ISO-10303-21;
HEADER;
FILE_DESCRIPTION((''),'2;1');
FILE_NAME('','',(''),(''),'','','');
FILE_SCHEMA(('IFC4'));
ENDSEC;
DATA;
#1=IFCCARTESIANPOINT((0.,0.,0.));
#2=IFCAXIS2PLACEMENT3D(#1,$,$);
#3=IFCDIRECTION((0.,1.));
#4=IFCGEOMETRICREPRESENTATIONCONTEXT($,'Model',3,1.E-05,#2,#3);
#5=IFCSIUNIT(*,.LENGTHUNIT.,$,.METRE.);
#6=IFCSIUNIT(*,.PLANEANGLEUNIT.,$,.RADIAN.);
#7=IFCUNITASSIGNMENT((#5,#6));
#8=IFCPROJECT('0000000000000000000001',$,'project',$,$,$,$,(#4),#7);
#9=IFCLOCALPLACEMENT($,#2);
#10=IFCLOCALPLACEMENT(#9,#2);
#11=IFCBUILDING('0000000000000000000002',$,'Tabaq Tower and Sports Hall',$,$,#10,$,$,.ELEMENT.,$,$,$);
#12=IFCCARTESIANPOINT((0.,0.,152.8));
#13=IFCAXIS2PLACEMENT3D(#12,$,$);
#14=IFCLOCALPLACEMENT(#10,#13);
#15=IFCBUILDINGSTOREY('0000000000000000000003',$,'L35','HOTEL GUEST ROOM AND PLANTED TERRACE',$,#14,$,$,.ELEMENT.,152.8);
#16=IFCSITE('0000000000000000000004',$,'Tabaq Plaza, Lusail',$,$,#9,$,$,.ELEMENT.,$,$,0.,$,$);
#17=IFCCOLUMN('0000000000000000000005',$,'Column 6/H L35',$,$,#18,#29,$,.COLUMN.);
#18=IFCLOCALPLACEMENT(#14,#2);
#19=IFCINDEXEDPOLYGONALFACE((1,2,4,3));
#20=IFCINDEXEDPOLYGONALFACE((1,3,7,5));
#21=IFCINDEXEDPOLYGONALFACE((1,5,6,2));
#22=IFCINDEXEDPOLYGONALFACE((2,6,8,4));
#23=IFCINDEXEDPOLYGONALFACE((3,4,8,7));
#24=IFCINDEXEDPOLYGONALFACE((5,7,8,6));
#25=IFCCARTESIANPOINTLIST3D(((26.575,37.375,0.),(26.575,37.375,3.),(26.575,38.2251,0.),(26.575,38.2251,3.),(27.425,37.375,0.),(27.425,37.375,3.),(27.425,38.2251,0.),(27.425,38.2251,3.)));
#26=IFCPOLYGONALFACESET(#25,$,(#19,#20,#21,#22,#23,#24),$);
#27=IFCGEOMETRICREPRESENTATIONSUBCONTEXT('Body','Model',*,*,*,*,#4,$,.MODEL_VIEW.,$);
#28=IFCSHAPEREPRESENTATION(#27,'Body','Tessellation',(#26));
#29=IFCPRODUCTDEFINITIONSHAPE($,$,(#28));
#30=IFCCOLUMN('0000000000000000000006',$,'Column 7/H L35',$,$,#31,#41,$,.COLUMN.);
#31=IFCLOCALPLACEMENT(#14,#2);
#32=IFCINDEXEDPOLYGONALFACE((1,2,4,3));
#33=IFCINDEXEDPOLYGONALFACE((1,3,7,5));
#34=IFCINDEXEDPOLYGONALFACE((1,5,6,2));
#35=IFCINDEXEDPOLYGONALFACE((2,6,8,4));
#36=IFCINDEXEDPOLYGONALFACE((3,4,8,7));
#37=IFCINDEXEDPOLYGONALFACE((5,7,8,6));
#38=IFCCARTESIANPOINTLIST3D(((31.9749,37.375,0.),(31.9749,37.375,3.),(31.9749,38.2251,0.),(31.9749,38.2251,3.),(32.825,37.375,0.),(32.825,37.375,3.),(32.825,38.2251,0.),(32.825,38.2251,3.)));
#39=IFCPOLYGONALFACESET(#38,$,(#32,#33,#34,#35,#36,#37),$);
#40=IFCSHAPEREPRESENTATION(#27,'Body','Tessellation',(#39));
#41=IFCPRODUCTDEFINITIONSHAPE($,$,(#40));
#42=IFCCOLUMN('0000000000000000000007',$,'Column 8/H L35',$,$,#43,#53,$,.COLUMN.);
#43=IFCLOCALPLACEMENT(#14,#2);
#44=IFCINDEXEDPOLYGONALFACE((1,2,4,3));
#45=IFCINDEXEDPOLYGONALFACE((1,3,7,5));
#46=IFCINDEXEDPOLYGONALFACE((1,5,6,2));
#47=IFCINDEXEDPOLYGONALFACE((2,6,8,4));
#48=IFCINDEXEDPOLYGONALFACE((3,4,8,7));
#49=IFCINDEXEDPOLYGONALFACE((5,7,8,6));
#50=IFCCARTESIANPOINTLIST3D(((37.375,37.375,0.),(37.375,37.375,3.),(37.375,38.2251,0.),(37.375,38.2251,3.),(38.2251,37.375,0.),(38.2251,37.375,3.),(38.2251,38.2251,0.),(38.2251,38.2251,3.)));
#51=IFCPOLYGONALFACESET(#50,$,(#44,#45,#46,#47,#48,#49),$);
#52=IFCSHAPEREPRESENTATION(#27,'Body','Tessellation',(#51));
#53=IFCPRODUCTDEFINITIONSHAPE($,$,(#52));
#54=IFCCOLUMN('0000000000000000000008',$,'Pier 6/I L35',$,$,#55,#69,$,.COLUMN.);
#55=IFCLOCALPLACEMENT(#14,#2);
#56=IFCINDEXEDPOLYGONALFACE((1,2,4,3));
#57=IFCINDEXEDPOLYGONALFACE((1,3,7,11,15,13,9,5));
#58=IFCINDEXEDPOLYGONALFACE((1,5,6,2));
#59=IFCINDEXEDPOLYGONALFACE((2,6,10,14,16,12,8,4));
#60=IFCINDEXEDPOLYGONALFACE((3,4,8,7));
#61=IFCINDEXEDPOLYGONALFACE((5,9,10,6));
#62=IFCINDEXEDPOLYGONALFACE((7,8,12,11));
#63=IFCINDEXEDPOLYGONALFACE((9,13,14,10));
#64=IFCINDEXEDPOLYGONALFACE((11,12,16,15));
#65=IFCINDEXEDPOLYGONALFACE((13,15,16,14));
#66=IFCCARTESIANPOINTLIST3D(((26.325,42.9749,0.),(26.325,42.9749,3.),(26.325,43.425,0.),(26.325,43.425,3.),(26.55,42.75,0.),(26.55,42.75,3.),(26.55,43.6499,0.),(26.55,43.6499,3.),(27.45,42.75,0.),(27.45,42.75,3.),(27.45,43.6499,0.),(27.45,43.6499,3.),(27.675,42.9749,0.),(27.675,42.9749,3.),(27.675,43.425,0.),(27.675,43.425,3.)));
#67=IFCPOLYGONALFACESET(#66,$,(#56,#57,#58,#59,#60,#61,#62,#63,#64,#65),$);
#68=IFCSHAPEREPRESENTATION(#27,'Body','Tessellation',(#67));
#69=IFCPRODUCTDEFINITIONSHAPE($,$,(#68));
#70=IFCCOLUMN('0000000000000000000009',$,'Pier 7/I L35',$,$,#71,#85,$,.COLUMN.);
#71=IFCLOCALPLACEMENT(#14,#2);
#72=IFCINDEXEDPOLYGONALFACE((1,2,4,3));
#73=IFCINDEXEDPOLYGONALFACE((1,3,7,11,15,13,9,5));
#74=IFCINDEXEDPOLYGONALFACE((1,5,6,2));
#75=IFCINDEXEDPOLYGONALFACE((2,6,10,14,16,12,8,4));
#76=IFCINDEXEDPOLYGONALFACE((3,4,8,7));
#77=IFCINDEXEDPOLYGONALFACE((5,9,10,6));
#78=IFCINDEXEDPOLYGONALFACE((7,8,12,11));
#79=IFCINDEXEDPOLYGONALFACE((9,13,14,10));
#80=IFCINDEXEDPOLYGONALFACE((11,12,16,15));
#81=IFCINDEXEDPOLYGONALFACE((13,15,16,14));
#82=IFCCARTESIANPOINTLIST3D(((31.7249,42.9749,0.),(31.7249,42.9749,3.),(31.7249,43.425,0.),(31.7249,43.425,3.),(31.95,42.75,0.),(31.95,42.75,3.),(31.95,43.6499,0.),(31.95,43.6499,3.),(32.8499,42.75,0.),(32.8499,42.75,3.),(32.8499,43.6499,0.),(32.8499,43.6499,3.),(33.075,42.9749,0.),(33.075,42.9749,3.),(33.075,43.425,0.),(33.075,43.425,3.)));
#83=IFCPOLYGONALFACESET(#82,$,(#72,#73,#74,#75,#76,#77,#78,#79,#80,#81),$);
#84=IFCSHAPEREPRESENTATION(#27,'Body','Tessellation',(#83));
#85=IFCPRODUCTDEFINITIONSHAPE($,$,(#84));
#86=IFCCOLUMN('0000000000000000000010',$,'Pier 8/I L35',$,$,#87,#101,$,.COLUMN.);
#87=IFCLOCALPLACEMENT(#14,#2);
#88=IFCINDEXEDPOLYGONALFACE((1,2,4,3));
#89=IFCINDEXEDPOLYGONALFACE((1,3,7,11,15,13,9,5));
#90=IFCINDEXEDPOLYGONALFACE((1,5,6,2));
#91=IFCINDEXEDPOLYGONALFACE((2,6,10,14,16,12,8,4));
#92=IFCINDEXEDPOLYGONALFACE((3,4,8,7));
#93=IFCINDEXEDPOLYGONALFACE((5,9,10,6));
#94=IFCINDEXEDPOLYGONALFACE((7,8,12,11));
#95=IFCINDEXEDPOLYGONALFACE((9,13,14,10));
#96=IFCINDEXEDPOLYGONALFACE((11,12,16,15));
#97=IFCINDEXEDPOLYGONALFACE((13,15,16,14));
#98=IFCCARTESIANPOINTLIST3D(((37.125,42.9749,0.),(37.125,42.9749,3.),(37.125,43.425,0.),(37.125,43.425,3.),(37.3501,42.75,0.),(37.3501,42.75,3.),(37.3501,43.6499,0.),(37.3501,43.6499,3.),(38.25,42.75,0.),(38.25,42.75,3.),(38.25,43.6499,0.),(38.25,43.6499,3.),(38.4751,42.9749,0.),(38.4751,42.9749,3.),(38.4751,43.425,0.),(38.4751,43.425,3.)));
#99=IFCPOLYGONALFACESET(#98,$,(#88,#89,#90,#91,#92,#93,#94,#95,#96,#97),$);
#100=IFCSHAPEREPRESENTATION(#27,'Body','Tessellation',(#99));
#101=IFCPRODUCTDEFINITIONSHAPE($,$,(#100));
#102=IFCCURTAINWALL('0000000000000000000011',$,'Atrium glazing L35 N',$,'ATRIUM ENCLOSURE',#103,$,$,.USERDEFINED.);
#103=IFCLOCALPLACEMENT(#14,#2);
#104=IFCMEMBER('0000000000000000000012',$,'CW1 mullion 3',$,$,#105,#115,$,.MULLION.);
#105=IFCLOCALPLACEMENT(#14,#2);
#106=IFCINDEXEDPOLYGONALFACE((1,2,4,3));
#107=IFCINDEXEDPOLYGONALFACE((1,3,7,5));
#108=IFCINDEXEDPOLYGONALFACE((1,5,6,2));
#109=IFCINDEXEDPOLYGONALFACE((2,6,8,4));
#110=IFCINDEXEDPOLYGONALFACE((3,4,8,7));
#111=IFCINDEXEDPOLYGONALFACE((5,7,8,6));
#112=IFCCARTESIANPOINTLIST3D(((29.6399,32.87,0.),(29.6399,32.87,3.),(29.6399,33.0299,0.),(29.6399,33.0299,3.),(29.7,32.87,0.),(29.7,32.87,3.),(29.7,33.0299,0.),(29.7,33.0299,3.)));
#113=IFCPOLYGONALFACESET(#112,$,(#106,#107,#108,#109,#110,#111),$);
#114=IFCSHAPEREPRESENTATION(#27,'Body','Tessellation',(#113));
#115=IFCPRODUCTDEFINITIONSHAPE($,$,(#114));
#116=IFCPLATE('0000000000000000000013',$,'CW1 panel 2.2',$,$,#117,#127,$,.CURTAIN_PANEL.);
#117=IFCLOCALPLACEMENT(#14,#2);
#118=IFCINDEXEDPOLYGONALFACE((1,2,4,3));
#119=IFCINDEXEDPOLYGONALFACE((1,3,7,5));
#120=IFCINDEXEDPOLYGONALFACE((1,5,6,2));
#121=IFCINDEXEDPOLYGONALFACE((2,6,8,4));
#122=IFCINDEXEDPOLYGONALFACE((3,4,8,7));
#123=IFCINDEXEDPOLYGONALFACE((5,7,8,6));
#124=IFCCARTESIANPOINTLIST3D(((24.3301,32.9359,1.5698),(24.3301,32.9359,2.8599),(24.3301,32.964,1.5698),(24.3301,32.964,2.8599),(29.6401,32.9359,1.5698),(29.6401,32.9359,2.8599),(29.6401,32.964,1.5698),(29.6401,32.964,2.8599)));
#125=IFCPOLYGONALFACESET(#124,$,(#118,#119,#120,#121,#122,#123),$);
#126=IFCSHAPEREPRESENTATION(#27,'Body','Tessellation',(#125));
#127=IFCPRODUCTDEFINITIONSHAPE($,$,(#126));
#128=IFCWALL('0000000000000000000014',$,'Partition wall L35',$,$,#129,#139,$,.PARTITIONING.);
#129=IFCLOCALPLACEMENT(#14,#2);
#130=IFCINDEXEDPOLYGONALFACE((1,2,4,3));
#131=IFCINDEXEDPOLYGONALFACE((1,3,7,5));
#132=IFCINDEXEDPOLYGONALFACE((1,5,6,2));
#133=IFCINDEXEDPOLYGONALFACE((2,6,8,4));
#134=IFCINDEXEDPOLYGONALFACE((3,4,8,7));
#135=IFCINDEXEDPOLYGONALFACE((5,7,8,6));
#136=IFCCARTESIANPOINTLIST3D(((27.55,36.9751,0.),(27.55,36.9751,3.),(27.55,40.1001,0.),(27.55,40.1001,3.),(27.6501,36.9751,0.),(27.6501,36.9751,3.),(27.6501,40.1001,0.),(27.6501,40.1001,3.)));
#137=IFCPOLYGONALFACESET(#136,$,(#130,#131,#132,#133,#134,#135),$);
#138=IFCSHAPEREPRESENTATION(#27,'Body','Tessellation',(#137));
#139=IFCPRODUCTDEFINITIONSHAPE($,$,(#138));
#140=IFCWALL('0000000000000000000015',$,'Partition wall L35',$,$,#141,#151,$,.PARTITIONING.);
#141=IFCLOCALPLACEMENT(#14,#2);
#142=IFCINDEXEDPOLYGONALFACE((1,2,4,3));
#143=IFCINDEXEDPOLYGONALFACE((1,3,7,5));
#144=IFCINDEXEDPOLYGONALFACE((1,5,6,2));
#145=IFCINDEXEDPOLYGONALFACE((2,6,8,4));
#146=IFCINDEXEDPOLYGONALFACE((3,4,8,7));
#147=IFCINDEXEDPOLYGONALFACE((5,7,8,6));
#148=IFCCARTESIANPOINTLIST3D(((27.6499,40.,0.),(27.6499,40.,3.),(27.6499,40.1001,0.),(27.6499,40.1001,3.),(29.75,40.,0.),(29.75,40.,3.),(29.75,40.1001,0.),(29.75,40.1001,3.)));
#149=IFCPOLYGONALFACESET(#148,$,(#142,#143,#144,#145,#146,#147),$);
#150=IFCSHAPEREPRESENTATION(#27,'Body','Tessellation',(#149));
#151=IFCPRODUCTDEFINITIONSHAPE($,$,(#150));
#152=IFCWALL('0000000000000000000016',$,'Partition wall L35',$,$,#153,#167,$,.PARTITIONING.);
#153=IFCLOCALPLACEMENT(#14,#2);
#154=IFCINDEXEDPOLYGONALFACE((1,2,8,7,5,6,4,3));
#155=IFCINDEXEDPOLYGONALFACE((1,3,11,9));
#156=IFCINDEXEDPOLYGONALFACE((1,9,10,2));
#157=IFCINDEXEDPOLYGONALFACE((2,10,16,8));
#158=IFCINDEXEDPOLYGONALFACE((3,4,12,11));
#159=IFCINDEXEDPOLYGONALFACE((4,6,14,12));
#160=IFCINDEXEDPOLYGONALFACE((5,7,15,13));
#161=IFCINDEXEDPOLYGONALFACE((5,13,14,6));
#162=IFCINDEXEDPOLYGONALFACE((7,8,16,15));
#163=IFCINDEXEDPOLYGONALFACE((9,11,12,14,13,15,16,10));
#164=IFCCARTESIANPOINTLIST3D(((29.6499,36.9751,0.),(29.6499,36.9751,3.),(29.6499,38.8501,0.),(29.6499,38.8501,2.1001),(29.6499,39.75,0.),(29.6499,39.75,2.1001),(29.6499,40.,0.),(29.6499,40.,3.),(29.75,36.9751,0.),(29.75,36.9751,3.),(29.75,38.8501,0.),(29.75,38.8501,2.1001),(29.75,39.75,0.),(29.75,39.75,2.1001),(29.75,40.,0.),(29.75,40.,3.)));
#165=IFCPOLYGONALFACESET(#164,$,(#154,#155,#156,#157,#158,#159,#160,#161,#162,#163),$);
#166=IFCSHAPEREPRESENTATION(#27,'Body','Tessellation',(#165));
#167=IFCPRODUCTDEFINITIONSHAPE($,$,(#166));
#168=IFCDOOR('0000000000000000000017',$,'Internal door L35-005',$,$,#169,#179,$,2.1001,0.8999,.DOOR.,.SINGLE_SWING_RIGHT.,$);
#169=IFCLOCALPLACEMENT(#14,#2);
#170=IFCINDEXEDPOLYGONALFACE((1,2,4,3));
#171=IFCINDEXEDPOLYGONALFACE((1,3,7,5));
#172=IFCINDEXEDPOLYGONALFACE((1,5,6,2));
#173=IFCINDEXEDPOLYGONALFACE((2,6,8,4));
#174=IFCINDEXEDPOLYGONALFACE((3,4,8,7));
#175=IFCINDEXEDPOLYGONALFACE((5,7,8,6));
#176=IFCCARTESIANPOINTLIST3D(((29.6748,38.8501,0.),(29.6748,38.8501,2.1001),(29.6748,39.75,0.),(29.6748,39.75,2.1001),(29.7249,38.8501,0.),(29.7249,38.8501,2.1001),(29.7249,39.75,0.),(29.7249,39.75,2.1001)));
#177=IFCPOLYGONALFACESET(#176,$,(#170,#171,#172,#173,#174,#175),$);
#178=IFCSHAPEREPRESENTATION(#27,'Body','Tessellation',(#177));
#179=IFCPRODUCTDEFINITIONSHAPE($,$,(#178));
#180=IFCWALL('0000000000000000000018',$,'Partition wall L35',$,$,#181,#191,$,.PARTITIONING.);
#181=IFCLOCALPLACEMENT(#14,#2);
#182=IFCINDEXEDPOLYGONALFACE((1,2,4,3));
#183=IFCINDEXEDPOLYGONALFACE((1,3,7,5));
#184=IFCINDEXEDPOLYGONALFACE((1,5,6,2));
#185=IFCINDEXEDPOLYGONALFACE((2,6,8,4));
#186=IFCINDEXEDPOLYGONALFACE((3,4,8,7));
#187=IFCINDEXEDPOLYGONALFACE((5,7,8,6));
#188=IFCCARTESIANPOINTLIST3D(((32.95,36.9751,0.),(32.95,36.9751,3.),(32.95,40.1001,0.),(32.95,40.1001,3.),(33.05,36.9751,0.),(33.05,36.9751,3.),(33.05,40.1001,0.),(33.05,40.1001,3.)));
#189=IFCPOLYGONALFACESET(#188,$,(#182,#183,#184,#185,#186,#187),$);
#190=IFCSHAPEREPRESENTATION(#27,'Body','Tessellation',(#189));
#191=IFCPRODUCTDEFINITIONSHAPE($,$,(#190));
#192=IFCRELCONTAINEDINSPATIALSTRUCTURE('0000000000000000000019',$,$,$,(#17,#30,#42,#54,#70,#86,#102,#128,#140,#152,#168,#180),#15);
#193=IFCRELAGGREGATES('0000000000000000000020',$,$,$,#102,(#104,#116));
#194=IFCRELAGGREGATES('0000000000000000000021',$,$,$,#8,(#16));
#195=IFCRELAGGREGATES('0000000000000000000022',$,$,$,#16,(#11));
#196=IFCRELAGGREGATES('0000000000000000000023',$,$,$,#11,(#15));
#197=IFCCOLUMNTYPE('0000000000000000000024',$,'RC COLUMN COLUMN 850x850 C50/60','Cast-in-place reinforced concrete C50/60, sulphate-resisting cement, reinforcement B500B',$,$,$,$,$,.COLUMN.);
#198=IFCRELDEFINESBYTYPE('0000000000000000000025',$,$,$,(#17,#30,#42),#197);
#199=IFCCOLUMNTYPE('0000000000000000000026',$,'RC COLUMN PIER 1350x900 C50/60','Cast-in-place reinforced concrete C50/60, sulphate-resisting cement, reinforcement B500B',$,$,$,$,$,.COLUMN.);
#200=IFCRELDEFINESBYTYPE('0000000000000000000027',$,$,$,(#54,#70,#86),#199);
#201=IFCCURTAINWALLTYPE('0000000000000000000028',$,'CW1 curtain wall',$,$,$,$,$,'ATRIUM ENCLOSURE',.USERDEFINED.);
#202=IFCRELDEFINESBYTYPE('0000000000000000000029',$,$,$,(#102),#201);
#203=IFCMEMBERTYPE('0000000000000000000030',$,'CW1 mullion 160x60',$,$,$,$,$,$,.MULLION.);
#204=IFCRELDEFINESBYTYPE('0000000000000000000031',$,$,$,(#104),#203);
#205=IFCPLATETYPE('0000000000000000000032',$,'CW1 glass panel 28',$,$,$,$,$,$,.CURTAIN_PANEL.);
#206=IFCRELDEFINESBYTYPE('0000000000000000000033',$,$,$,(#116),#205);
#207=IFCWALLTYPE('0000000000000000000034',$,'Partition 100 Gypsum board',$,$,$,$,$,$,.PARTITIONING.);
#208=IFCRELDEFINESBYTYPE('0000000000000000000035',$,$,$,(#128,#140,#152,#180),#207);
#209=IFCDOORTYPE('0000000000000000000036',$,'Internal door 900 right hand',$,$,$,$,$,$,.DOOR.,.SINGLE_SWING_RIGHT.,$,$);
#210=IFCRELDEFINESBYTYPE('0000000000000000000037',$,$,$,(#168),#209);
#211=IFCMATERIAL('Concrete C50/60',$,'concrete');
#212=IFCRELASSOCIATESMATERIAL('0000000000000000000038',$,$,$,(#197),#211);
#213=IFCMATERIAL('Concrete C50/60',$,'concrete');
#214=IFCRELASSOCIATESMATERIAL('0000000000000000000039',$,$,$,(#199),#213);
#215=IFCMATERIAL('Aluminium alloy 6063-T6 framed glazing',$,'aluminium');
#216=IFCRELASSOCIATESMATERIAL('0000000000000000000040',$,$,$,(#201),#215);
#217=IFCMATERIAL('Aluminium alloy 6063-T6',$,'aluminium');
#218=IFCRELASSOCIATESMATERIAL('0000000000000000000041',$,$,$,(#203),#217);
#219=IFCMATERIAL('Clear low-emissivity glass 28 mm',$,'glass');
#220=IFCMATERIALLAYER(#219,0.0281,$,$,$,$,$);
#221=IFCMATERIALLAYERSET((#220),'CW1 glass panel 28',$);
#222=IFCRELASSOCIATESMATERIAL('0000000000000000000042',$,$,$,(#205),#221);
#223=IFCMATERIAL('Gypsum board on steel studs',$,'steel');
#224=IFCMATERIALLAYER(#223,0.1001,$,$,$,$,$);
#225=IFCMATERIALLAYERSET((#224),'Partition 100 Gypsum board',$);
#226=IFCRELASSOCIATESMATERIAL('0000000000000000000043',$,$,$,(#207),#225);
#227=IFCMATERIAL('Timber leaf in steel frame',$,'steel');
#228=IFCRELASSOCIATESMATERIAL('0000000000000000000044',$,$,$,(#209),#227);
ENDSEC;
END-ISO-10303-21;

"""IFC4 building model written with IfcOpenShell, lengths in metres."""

from ifc_helpers import new_model, si_unit, direction, frame, frame_2d, origin, origin_2d, place, context, subcontext, project, spatial, polyline, rectangle, outline, extrude, material, layer, layer_set, material_profile, profile_set, type_object, element, fill, aggregate, save


model = new_model("IFC4")

# Units and contexts
model_context = context("Model", 3, precision=1e-05, world=origin(), true_north=direction((0.0, 1.0)))
body_context = subcontext(model_context, "Body", "Model", "MODEL_VIEW")
ifc_project = project(units=[si_unit("LENGTHUNIT", "METRE"), si_unit("PLANEANGLEUNIT", "RADIAN")], contexts=[model_context])

# Site, building, storey
site_placement = place(None, origin())
site = spatial("IfcSite", under=ifc_project, at=site_placement, Name="Tabaq Plaza, Lusail", CompositionType="ELEMENT", RefElevation=0.0)
building_placement = place(site_placement, origin())
building = spatial("IfcBuilding", under=site, at=building_placement, Name="Tabaq Tower and Sports Hall", CompositionType="ELEMENT")
storey_placement = place(building_placement, frame((0.0, 0.0, 152.8)))
storey = spatial("IfcBuildingStorey", under=building, at=storey_placement, Name="L35", Description="HOTEL GUEST ROOM AND PLANTED TERRACE", CompositionType="ELEMENT", Elevation=152.8)

# Columns
ifc_material_1 = material(Name="Concrete C50/60", Category="concrete")
ifc_material_profile_1 = material_profile(ifc_material_1, rectangle(XDim=0.8501, YDim=0.8501, at=origin_2d()), Name="COLUMN 850x850")
ifc_profile_set_1 = profile_set([ifc_material_profile_1], Name="Concrete C50/60")
column_type_1 = type_object("IfcColumnType", Name="RC COLUMN COLUMN 850x850 C50/60", Description="Cast-in-place reinforced concrete C50/60, sulphate-resisting cement, reinforcement B500B", PredefinedType="COLUMN", material=ifc_profile_set_1)
for number, where, z_axis, x_axis, name in (
    (1, (27.0, 37.8, 0.0), (0.0, 0.0, 1.0), (1.0, 0.0, 0.0), "Column 6/H L35"),
    (2, (32.3999, 37.8, 0.0), (0.0, 0.0, 1.0), (1.0, 0.0, 0.0), "Column 7/H L35"),
    (3, (37.8, 37.8, 0.0), (0.0, 0.0, 1.0), (1.0, 0.0, 0.0), "Column 8/H L35"),
):
    element("IfcColumn", number, at=place(storey_placement, frame(where, z_axis=z_axis, x_axis=x_axis)), inside=storey, type_object=column_type_1, Name=name, PredefinedType="COLUMN", context=body_context, shape_type="SweptSolid", body=[
        extrude(rectangle(XDim=0.8501, YDim=0.8501, at=origin_2d()), origin(), (0.0, 0.0, 1.0), 3.0),
    ])
ifc_material_2 = material(Name="Concrete C50/60", Category="concrete")
ifc_material_profile_2 = material_profile(ifc_material_2, outline(polyline([(-0.45, -0.45), (0.45, -0.45), (0.675, -0.2251), (0.675, 0.2251), (0.45, 0.45), (-0.45, 0.45), (-0.675, 0.2251), (-0.675, -0.2251), (-0.45, -0.45)])), Name="PIER 1350x900")
ifc_profile_set_2 = profile_set([ifc_material_profile_2], Name="Concrete C50/60")
column_type_2 = type_object("IfcColumnType", Name="RC COLUMN PIER 1350x900 C50/60", Description="Cast-in-place reinforced concrete C50/60, sulphate-resisting cement, reinforcement B500B", PredefinedType="COLUMN", material=ifc_profile_set_2)
for number, where, z_axis, x_axis, name in (
    (4, (27.0, 43.2, 0.0), (0.0, 0.0, 1.0), (1.0, 0.0, 0.0), "Pier 6/I L35"),
    (5, (32.3999, 43.2, 0.0), (0.0, 0.0, 1.0), (1.0, 0.0, 0.0), "Pier 7/I L35"),
    (6, (37.8, 43.2, 0.0), (0.0, 0.0, 1.0), (1.0, 0.0, 0.0), "Pier 8/I L35"),
):
    element("IfcColumn", number, at=place(storey_placement, frame(where, z_axis=z_axis, x_axis=x_axis)), inside=storey, type_object=column_type_2, Name=name, PredefinedType="COLUMN", context=body_context, shape_type="SweptSolid", body=[
        extrude(outline(polyline([(-0.45, -0.45), (0.45, -0.45), (0.675, -0.2251), (0.675, 0.2251), (0.45, 0.45), (-0.45, 0.45), (-0.675, 0.2251), (-0.675, -0.2251), (-0.45, -0.45)])), origin(), (0.0, 0.0, 1.0), 3.0),
    ])

# Curtain wall, member, plate
ifc_material_3 = material(Name="Aluminium alloy 6063-T6 framed glazing", Category="aluminium")
curtain_wall_type = type_object("IfcCurtainWallType", Name="CW1 curtain wall", ElementType="ATRIUM ENCLOSURE", PredefinedType="USERDEFINED", material=ifc_material_3)
curtain_wall_placement = place(storey_placement, origin())
curtain_wall = element("IfcCurtainWall", 7, at=curtain_wall_placement, inside=storey, type_object=curtain_wall_type, Name="Atrium glazing L35 N", ObjectType="ATRIUM ENCLOSURE", PredefinedType="USERDEFINED")
ifc_material_4 = material(Name="Aluminium alloy 6063-T6", Category="aluminium")
ifc_material_profile_3 = material_profile(ifc_material_4, rectangle(XDim=0.1599, YDim=0.0601, at=origin_2d()), Name="MULLION 160x60")
ifc_profile_set_3 = profile_set([ifc_material_profile_3], Name="Aluminium alloy 6063-T6")
member_type = type_object("IfcMemberType", Name="CW1 mullion 160x60", PredefinedType="MULLION", material=ifc_profile_set_3)
member_placement = place(storey_placement, frame((29.6699, 32.95, 0.0), z_axis=(0.0, 0.0, 1.0), x_axis=(0.0, 1.0, 0.0)))
member = element("IfcMember", 8, at=member_placement, type_object=member_type, Name="CW1 mullion 3", PredefinedType="MULLION", context=body_context, shape_type="SweptSolid", body=[
    extrude(rectangle(XDim=0.1599, YDim=0.0601, at=origin_2d()), origin(), (0.0, 0.0, 1.0), 3.0),
])
ifc_material_5 = material(Name="Clear low-emissivity glass 28 mm", Category="glass")
ifc_layer_1 = layer(ifc_material_5, 0.0281)
ifc_layer_set_1 = layer_set([ifc_layer_1], Name="CW1 glass panel 28")
plate_type = type_object("IfcPlateType", Name="CW1 glass panel 28", PredefinedType="CURTAIN_PANEL", material=ifc_layer_set_1)
plate_placement = place(storey_placement, frame((26.9851, 32.95, 1.5698), z_axis=(0.0, 0.0, 1.0), x_axis=(1.0, 0.0, 0.0)))
plate = element("IfcPlate", 9, at=plate_placement, type_object=plate_type, Name="CW1 panel 2.2", PredefinedType="CURTAIN_PANEL", context=body_context, shape_type="SweptSolid", body=[
    extrude(rectangle(XDim=5.3101, YDim=0.0281, at=origin_2d()), origin(), (0.0, 0.0, 1.0), 1.29),
])
aggregate(curtain_wall, [member, plate])

# Walls
ifc_material_6 = material(Name="Gypsum board on steel studs", Category="steel")
ifc_layer_2 = layer(ifc_material_6, 0.1001)
ifc_layer_set_2 = layer_set([ifc_layer_2], Name="Partition 100 Gypsum board")
wall_type_1 = type_object("IfcWallType", Name="Partition 100 Gypsum board", PredefinedType="PARTITIONING", material=ifc_layer_set_2)
wall_1_placement = place(storey_placement, frame((27.6001, 36.9751, 0.0), z_axis=(0.0, 0.0, 1.0), x_axis=(0.0, 1.0, 0.0)))
element("IfcWall", 10, at=wall_1_placement, inside=storey, type_object=wall_type_1, Name="Partition wall L35", PredefinedType="PARTITIONING", context=body_context, shape_type="SweptSolid", body=[
    extrude(rectangle(XDim=3.125, YDim=0.1001, at=frame_2d((1.5625, 0.0))), origin(), (0.0, 0.0, 1.0), 3.0),
])
wall_2_placement = place(storey_placement, frame((27.6499, 40.05, 0.0), z_axis=(0.0, 0.0, 1.0), x_axis=(1.0, 0.0, 0.0)))
element("IfcWall", 11, at=wall_2_placement, inside=storey, type_object=wall_type_1, Name="Partition wall L35", PredefinedType="PARTITIONING", context=body_context, shape_type="SweptSolid", body=[
    extrude(rectangle(XDim=2.1001, YDim=0.1001, at=frame_2d((1.05, 0.0))), origin(), (0.0, 0.0, 1.0), 3.0),
])

# Wall, opening, door
wall_3_placement = place(storey_placement, frame((29.7, 40.0, 0.0), z_axis=(0.0, 0.0, 1.0), x_axis=(0.0, -1.0, 0.0)))
wall_3 = element("IfcWall", 12, at=wall_3_placement, inside=storey, type_object=wall_type_1, Name="Partition wall L35", PredefinedType="PARTITIONING", context=body_context, shape_type="SweptSolid", body=[
    extrude(rectangle(XDim=3.0249, YDim=0.1001, at=frame_2d((1.5125, 0.0))), origin(), (0.0, 0.0, 1.0), 3.0),
])
opening_1_placement = place(wall_3_placement, frame((0.25, 0.0, 0.0)))
opening_1 = element("IfcOpeningElement", 13, at=opening_1_placement, cuts=wall_3, PredefinedType="OPENING", context=body_context, shape_type="SweptSolid", body=[
    extrude(rectangle(XDim=0.8999, YDim=2.1001, at=frame_2d((0.45, 1.05))), frame((0.0, 0.05, 0.0), z_axis=(0.0, -1.0, 0.0), x_axis=(1.0, 0.0, 0.0)), (0.0, 0.0, 1.0), 0.1001),
])
ifc_material_7 = material(Name="Timber leaf in steel frame", Category="steel")
door_type_1 = type_object("IfcDoorType", Name="Internal door 900 right hand", OperationType="SINGLE_SWING_RIGHT", PredefinedType="DOOR", material=ifc_material_7)
door_1_placement = place(opening_1_placement, origin())
door_1 = element("IfcDoor", 14, at=door_1_placement, inside=storey, type_object=door_type_1, Name="Internal door L35-005", OperationType="SINGLE_SWING_RIGHT", OverallHeight=2.1001, OverallWidth=0.8999, PredefinedType="DOOR", context=body_context, shape_type="SweptSolid", body=[
    extrude(rectangle(XDim=0.8999, YDim=2.1001, at=frame_2d((0.45, 1.05))), frame((0.0, 0.0249, 0.0), z_axis=(0.0, -1.0, 0.0), x_axis=(1.0, 0.0, 0.0)), (0.0, 0.0, 1.0), 0.05),
])
fill(opening_1, door_1)

# Wall
wall_4_placement = place(storey_placement, frame((33.0, 36.9751, 0.0), z_axis=(0.0, 0.0, 1.0), x_axis=(0.0, 1.0, 0.0)))
element("IfcWall", 15, at=wall_4_placement, inside=storey, type_object=wall_type_1, Name="Partition wall L35", PredefinedType="PARTITIONING", context=body_context, shape_type="SweptSolid", body=[
    extrude(rectangle(XDim=3.125, YDim=0.1001, at=frame_2d((1.5625, 0.0))), origin(), (0.0, 0.0, 1.0), 3.0),
])

save(model, "model.ifc")
